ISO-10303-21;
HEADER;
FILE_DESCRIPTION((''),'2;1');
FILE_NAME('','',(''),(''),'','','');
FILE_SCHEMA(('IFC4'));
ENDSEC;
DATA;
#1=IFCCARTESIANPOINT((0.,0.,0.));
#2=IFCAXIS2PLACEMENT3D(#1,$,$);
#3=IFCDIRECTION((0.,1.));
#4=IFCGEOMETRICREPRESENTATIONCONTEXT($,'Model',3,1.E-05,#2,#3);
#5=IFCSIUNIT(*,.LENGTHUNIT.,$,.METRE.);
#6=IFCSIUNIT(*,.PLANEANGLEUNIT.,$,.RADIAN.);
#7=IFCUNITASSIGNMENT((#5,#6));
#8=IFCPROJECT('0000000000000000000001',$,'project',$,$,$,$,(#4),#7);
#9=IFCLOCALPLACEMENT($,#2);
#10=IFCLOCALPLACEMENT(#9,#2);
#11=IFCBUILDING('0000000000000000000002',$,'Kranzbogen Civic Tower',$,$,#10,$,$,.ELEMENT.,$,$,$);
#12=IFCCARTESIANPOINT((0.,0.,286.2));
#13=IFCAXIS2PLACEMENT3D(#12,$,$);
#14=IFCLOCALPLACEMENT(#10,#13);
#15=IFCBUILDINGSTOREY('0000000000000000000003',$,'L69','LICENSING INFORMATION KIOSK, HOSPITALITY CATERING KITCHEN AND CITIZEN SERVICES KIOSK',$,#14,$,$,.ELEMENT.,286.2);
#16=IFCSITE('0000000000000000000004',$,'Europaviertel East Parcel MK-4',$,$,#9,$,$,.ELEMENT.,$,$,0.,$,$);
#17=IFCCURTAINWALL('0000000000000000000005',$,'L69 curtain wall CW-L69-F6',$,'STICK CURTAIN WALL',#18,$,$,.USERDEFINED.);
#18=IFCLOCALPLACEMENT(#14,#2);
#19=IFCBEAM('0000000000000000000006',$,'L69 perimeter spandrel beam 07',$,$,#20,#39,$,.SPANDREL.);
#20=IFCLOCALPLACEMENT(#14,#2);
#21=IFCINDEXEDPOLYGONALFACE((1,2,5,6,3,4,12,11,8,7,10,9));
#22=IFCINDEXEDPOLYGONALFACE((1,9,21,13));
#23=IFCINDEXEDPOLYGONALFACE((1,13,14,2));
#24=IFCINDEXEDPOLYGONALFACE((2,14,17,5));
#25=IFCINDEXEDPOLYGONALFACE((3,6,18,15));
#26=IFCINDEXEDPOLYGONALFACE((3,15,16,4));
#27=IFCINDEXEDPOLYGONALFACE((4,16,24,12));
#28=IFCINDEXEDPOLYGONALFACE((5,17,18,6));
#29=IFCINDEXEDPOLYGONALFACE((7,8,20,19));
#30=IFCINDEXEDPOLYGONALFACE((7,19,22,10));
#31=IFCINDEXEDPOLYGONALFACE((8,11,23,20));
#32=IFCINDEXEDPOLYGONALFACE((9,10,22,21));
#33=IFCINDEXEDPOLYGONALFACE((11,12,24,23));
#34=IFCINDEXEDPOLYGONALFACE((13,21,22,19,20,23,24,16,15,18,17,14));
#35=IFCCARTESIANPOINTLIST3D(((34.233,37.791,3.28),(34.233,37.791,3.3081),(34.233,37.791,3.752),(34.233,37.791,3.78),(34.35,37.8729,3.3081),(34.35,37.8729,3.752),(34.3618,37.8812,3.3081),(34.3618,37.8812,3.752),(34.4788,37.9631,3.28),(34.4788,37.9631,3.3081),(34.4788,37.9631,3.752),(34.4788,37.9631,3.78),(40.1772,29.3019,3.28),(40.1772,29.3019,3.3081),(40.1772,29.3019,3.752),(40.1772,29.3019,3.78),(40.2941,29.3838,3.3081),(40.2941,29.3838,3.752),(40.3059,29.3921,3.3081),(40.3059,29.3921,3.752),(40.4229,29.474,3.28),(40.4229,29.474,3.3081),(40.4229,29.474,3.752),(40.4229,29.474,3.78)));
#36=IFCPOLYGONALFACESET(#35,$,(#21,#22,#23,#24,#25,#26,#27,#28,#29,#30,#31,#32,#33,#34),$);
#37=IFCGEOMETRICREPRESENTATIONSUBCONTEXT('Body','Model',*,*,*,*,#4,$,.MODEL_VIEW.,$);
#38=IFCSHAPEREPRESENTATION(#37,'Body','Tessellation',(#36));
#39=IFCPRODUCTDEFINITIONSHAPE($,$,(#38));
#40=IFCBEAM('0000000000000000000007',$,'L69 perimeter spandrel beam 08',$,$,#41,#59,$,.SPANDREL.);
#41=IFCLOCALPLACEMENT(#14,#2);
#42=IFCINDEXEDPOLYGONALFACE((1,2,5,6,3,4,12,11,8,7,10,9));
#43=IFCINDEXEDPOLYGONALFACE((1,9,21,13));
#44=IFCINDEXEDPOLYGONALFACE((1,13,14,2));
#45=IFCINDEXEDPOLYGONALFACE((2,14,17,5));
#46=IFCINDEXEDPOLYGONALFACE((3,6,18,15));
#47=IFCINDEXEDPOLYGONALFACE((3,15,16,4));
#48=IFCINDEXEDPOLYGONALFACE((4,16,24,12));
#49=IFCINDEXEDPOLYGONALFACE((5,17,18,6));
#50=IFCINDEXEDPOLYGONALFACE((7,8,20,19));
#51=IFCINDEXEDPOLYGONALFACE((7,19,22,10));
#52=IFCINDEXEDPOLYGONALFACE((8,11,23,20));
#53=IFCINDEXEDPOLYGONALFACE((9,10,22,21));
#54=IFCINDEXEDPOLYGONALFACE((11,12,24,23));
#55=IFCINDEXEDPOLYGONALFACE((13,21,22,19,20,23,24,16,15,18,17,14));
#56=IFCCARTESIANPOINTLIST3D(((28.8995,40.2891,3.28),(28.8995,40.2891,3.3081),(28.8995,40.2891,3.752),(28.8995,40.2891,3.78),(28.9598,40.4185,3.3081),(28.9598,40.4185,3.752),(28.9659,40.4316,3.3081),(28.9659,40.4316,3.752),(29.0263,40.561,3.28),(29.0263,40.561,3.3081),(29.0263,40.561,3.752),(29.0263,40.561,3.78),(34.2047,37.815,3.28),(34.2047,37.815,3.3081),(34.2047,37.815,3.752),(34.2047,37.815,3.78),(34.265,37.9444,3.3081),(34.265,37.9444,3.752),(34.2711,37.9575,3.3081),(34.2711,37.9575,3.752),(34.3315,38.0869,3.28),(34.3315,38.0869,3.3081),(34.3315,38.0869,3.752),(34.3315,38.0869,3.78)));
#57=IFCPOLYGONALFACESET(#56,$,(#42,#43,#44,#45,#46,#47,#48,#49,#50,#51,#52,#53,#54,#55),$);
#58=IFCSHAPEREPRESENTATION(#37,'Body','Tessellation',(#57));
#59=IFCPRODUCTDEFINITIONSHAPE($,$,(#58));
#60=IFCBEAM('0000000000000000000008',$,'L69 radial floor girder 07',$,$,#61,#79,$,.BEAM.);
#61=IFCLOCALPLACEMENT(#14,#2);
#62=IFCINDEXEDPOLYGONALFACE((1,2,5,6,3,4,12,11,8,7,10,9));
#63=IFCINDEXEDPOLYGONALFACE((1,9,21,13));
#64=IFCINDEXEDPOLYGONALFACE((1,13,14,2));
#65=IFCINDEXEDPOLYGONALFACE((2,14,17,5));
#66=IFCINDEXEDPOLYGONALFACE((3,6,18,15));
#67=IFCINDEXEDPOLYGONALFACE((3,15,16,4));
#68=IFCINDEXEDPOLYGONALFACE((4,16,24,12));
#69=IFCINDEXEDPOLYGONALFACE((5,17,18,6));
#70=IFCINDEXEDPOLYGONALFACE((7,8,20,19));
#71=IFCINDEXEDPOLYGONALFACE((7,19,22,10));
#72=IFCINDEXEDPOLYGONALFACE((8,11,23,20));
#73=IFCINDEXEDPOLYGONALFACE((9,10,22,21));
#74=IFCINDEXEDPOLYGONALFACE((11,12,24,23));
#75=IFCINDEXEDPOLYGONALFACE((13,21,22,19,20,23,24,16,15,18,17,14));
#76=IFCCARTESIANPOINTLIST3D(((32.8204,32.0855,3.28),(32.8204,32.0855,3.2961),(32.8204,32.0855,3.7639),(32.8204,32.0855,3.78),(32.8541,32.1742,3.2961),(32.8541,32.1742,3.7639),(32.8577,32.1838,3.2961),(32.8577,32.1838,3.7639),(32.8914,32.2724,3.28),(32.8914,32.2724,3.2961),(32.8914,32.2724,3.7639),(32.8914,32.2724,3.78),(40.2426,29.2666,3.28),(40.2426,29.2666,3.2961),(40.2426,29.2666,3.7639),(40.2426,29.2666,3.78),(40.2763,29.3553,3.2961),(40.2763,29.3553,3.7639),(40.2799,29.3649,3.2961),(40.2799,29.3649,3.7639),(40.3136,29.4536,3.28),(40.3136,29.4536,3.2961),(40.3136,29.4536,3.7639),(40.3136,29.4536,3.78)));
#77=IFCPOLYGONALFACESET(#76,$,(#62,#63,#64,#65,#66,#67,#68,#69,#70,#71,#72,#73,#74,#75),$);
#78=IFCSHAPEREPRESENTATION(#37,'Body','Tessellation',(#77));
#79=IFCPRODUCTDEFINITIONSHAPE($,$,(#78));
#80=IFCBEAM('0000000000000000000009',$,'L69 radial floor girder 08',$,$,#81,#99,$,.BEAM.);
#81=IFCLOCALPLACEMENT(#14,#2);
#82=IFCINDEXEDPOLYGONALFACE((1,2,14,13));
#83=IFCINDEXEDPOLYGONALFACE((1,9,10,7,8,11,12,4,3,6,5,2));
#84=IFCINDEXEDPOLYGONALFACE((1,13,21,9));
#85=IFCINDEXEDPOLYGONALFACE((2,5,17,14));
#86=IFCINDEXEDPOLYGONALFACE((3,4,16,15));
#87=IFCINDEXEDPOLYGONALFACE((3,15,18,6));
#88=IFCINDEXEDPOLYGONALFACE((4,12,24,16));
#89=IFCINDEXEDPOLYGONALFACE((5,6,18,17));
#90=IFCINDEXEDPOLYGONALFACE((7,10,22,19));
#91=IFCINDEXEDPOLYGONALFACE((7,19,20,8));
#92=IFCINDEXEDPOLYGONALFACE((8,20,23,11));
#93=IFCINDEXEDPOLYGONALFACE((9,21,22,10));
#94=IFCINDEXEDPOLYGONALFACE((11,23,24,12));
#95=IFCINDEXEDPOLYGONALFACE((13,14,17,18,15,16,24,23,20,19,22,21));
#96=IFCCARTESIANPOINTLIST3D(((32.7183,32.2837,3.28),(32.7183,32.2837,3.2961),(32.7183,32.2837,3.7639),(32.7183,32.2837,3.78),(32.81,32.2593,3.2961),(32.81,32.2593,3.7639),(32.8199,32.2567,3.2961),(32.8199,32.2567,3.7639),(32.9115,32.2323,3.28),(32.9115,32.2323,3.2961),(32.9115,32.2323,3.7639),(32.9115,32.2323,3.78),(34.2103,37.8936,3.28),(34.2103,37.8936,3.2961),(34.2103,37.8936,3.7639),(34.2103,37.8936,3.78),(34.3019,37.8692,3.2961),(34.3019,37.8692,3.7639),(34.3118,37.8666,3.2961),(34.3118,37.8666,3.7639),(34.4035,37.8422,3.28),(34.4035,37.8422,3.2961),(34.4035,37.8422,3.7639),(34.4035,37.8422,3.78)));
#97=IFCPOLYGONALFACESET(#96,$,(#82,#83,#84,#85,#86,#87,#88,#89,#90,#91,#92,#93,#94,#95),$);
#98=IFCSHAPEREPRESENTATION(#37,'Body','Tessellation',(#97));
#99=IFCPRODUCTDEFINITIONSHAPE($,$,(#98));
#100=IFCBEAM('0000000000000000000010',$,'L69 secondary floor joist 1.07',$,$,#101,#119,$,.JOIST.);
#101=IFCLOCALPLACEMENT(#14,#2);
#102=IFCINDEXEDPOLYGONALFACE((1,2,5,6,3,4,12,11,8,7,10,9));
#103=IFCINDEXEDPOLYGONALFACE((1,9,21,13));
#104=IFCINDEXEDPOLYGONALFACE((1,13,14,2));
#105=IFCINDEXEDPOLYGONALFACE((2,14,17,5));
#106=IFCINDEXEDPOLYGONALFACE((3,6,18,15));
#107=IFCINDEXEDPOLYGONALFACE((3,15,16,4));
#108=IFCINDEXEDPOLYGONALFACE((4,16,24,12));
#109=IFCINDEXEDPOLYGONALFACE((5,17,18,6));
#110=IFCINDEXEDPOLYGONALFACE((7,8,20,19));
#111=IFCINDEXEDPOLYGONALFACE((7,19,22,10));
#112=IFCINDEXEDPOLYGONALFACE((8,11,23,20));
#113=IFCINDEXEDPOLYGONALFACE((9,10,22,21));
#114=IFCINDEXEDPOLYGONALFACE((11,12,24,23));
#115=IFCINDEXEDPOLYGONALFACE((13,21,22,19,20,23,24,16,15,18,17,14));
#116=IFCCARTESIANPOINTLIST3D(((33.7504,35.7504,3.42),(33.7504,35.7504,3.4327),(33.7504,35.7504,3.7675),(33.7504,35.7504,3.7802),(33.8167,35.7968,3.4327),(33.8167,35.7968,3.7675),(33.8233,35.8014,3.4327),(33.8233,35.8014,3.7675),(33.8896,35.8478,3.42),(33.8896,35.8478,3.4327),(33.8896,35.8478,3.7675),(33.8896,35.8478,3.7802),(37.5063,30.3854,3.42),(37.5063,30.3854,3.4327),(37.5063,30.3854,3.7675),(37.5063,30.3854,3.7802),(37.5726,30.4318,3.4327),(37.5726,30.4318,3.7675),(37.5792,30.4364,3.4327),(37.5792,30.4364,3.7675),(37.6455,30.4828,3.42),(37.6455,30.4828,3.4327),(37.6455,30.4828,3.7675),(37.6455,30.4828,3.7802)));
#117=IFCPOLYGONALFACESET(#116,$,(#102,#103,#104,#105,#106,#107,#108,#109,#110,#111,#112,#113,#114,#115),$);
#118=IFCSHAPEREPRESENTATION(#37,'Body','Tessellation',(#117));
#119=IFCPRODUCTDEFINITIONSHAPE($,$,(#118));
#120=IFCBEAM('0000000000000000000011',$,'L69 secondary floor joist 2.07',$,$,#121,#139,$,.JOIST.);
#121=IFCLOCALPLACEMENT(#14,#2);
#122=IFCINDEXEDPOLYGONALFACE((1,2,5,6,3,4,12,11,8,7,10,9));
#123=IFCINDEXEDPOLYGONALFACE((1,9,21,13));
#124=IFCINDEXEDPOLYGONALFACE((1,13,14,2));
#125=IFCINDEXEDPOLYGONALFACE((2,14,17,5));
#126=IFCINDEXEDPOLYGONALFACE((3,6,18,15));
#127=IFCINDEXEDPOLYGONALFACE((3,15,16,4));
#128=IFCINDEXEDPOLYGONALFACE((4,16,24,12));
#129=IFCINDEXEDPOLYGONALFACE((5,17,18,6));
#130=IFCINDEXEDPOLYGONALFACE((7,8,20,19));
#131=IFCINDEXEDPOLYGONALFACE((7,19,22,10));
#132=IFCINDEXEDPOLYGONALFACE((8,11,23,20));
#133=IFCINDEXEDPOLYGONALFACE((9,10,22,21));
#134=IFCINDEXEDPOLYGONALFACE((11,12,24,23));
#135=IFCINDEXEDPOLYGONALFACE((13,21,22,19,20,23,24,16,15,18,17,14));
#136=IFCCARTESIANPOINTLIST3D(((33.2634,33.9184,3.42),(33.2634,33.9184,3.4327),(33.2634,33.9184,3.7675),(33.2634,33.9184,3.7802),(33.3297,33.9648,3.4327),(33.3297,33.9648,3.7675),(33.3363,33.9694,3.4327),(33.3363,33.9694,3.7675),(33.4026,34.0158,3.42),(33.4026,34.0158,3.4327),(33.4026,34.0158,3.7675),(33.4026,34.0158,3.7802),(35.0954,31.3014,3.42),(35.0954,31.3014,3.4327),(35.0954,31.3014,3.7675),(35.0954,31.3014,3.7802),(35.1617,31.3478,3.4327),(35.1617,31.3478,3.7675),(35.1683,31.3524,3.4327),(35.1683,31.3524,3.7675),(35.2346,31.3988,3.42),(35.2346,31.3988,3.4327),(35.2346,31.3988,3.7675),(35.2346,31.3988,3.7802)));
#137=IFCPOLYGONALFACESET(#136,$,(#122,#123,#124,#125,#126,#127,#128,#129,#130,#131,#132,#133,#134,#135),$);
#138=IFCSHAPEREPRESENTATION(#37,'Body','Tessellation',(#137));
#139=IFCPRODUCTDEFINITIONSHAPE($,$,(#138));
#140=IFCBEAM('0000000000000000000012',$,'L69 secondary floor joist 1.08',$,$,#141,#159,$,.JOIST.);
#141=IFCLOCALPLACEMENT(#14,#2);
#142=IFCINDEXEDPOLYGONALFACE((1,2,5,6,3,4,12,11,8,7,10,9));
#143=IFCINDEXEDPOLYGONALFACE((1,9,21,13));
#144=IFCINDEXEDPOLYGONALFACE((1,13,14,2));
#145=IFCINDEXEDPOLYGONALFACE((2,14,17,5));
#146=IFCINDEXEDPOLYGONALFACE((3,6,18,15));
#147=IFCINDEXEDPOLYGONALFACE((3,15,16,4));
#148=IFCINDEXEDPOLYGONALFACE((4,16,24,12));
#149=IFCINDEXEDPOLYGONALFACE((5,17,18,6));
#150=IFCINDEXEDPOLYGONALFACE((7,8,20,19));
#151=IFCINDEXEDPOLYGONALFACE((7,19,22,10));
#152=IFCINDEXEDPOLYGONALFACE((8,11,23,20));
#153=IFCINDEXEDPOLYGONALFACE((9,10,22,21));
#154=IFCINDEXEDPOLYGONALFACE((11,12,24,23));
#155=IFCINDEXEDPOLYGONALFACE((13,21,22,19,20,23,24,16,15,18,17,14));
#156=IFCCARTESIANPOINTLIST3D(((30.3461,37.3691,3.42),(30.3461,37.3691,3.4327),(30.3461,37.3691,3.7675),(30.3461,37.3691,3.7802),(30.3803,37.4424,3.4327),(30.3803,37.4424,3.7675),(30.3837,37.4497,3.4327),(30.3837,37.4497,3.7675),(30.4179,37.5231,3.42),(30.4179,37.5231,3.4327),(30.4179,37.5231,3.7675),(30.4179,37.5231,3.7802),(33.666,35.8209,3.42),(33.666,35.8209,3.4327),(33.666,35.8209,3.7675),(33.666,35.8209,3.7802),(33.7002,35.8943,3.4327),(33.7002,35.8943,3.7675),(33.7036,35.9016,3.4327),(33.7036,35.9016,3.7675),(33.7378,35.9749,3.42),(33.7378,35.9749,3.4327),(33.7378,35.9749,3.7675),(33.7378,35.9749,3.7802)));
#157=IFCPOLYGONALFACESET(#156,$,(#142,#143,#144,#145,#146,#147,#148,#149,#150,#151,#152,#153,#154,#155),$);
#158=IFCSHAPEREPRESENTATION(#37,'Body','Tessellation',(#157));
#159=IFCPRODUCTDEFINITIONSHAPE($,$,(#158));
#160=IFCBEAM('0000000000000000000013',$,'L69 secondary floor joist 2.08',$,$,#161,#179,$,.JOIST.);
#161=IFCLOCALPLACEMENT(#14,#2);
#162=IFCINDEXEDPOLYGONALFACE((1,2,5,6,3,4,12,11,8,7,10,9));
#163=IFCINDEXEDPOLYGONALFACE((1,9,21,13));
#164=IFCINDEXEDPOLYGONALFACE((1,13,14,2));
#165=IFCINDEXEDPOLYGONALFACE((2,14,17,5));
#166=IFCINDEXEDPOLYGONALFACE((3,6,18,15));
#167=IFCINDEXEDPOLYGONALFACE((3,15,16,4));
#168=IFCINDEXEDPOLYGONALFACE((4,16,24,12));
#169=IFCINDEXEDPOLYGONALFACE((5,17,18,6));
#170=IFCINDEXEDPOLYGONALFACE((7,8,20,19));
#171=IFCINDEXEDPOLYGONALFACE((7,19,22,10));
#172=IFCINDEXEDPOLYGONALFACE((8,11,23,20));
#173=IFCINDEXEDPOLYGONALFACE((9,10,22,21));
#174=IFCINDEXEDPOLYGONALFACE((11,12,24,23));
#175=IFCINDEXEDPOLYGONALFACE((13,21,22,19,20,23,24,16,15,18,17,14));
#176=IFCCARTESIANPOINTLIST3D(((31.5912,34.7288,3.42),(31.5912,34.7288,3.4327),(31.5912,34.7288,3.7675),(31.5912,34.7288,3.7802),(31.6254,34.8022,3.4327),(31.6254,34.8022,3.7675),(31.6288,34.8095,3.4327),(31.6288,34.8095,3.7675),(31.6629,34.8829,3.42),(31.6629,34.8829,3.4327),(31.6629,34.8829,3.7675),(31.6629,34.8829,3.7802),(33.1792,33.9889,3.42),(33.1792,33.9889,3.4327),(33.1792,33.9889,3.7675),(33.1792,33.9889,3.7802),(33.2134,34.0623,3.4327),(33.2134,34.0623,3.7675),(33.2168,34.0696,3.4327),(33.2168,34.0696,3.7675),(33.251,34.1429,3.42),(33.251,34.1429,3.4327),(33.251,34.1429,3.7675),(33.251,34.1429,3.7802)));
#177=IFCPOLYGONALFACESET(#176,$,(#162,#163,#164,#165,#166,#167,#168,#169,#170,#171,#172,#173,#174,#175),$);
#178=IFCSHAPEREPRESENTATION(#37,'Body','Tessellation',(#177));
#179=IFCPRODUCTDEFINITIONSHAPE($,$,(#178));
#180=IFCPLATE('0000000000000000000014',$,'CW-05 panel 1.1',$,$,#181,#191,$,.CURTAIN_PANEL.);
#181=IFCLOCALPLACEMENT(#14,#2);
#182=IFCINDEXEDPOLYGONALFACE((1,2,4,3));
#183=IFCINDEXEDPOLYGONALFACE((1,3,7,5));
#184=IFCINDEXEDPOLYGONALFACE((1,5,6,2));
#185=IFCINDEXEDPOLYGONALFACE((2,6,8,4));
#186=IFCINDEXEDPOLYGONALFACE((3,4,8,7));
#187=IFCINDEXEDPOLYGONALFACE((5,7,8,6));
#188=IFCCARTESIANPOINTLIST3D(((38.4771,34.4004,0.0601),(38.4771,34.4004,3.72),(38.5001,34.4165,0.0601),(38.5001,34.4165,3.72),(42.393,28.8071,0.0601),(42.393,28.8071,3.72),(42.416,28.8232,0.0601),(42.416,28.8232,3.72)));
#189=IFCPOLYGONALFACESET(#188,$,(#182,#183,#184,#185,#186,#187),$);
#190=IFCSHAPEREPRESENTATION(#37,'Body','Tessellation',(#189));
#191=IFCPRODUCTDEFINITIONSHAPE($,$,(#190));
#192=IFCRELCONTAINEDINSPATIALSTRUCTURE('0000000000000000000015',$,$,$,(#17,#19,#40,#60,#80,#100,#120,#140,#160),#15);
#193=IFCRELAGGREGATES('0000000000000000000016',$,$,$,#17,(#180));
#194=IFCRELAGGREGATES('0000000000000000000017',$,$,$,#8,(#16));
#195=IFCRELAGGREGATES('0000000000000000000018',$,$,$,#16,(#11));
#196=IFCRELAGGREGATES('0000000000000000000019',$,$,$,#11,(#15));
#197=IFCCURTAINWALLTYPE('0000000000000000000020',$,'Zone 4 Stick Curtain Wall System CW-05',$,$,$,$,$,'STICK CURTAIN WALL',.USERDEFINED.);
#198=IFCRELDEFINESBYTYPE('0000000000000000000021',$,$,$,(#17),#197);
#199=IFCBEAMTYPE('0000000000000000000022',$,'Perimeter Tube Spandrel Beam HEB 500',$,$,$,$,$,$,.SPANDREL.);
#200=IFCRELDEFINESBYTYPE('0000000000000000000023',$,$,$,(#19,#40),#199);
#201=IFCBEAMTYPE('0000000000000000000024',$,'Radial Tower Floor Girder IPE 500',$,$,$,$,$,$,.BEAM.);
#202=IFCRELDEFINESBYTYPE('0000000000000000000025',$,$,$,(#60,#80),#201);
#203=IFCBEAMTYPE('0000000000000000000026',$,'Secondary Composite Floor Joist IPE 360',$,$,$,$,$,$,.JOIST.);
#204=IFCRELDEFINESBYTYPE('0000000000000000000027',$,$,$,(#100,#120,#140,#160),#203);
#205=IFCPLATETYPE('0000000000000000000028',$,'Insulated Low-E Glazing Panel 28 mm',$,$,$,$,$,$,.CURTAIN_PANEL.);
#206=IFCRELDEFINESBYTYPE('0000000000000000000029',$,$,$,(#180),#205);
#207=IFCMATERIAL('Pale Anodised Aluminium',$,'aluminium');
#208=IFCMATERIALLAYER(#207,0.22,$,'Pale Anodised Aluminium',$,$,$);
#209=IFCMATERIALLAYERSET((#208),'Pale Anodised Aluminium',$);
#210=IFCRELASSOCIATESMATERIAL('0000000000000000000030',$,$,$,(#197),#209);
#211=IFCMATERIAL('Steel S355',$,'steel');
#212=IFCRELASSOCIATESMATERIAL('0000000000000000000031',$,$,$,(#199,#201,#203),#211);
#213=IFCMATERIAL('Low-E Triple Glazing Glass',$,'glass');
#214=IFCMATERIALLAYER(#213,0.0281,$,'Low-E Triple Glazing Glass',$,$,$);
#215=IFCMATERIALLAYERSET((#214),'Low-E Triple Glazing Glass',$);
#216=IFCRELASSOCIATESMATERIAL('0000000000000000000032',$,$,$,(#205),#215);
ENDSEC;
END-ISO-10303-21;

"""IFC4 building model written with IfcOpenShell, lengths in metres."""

from ifc_helpers import new_model, si_unit, direction, frame, origin, origin_2d, place, context, subcontext, project, spatial, rectangle, i_section, extrude, material, layer, layer_set, material_profile, profile_set, type_object, element, aggregate, save


model = new_model("IFC4")

# Units and contexts
model_context = context("Model", 3, precision=1e-05, world=origin(), true_north=direction((0.0, 1.0)))
body_context = subcontext(model_context, "Body", "Model", "MODEL_VIEW")
ifc_project = project(units=[si_unit("LENGTHUNIT", "METRE"), si_unit("PLANEANGLEUNIT", "RADIAN")], contexts=[model_context])

# Site, building, storey
site_placement = place(None, origin())
site = spatial("IfcSite", under=ifc_project, at=site_placement, Name="Europaviertel East Parcel MK-4", CompositionType="ELEMENT", RefElevation=0.0)
building_placement = place(site_placement, origin())
building = spatial("IfcBuilding", under=site, at=building_placement, Name="Kranzbogen Civic Tower", CompositionType="ELEMENT")
storey_placement = place(building_placement, frame((0.0, 0.0, 286.2)))
storey = spatial("IfcBuildingStorey", under=building, at=storey_placement, Name="L69", Description="LICENSING INFORMATION KIOSK, HOSPITALITY CATERING KITCHEN AND CITIZEN SERVICES KIOSK", CompositionType="ELEMENT", Elevation=286.2)

# Shared definitions
ifc_material_1 = material(Name="Steel S355", Category="steel")

# Shared definitions
ifc_material_2 = material(Name="Pale Anodised Aluminium", Category="aluminium")
ifc_layer_1 = layer(ifc_material_2, 0.22, Name="Pale Anodised Aluminium")
ifc_layer_set_1 = layer_set([ifc_layer_1], Name="Pale Anodised Aluminium")
curtain_wall_type = type_object("IfcCurtainWallType", Name="Zone 4 Stick Curtain Wall System CW-05", ElementType="STICK CURTAIN WALL", PredefinedType="USERDEFINED", material=ifc_layer_set_1)

# Curtain wall
curtain_wall_1_placement = place(storey_placement, origin())
curtain_wall_1 = element("IfcCurtainWall", 1, at=curtain_wall_1_placement, inside=storey, type_object=curtain_wall_type, Name="L69 curtain wall CW-L69-F6", ObjectType="STICK CURTAIN WALL", PredefinedType="USERDEFINED")

# Beams
ifc_material_profile_1 = material_profile(ifc_material_1, i_section(OverallWidth=0.3, OverallDepth=0.5, WebThickness=0.0144, FlangeThickness=0.0281, at=origin_2d()), Name="HEB 500")
ifc_profile_set_1 = profile_set([ifc_material_profile_1], Name="Steel S355")
beam_type_1 = type_object("IfcBeamType", Name="Perimeter Tube Spandrel Beam HEB 500", PredefinedType="SPANDREL", material=ifc_profile_set_1)
beam_1_placement = place(storey_placement, frame((40.3, 29.3879, 3.53), z_axis=(-0.573578, 0.819151, 0.0), x_axis=(-0.819151, -0.573578, 0.0)))
element("IfcBeam", 2, at=beam_1_placement, inside=storey, type_object=beam_type_1, Name="L69 perimeter spandrel beam 07", PredefinedType="SPANDREL", context=body_context, shape_type="SweptSolid", body=[
    extrude(i_section(OverallWidth=0.3, OverallDepth=0.5, WebThickness=0.0144, FlangeThickness=0.0281, at=origin_2d()), origin(), (0.0, 0.0, 1.0), 10.3633),
])
beam_2_placement = place(storey_placement, frame((34.2681, 37.9509, 3.53), z_axis=(-0.90629, 0.422657, 0.0), x_axis=(-0.422657, -0.90629, 0.0)))
element("IfcBeam", 3, at=beam_2_placement, inside=storey, type_object=beam_type_1, Name="L69 perimeter spandrel beam 08", PredefinedType="SPANDREL", context=body_context, shape_type="SweptSolid", body=[
    extrude(i_section(OverallWidth=0.3, OverallDepth=0.5, WebThickness=0.0144, FlangeThickness=0.0281, at=origin_2d()), origin(), (0.0, 0.0, 1.0), 5.8538),
])
ifc_material_profile_2 = material_profile(ifc_material_1, i_section(OverallWidth=0.2, OverallDepth=0.5, WebThickness=0.0103, FlangeThickness=0.0161, at=origin_2d()), Name="IPE 500")
ifc_profile_set_2 = profile_set([ifc_material_profile_2], Name="Steel S355")
beam_type_2 = type_object("IfcBeamType", Name="Radial Tower Floor Girder IPE 500", PredefinedType="BEAM", material=ifc_profile_set_2)
beam_3_placement = place(storey_placement, frame((40.2781, 29.3601, 3.53), z_axis=(-0.934849, 0.355046, 0.0), x_axis=(-0.355046, -0.934849, 0.0)))
element("IfcBeam", 4, at=beam_3_placement, inside=storey, type_object=beam_type_2, Name="L69 radial floor girder 07", PredefinedType="BEAM", context=body_context, shape_type="SweptSolid", body=[
    extrude(i_section(OverallWidth=0.2, OverallDepth=0.5, WebThickness=0.0103, FlangeThickness=0.0161, at=origin_2d()), origin(), (0.0, 0.0, 1.0), 7.9395),
])
beam_4_placement = place(storey_placement, frame((34.3069, 37.8679, 3.53), z_axis=(-0.257016, -0.966407, 0.0), x_axis=(0.966407, -0.257016, 0.0)))
element("IfcBeam", 5, at=beam_4_placement, inside=storey, type_object=beam_type_2, Name="L69 radial floor girder 08", PredefinedType="BEAM", context=body_context, shape_type="SweptSolid", body=[
    extrude(i_section(OverallWidth=0.2, OverallDepth=0.5, WebThickness=0.0103, FlangeThickness=0.0161, at=origin_2d()), origin(), (0.0, 0.0, 1.0), 5.8049),
])
ifc_material_profile_3 = material_profile(ifc_material_1, i_section(OverallWidth=0.1699, OverallDepth=0.3601, WebThickness=0.0081, FlangeThickness=0.0127, at=origin_2d()), Name="IPE 360")
ifc_profile_set_3 = profile_set([ifc_material_profile_3], Name="Steel S355")
beam_type_3 = type_object("IfcBeamType", Name="Secondary Composite Floor Joist IPE 360", PredefinedType="JOIST", material=ifc_profile_set_3)
beam_5_placement = place(storey_placement, frame((37.5759, 30.4341, 3.6001), z_axis=(-0.5735, 0.819206, 0.0), x_axis=(-0.819206, -0.5735, 0.0)))
element("IfcBeam", 6, at=beam_5_placement, inside=storey, type_object=beam_type_3, Name="L69 secondary floor joist 1.07", PredefinedType="JOIST", context=body_context, shape_type="SweptSolid", body=[
    extrude(i_section(OverallWidth=0.1699, OverallDepth=0.3601, WebThickness=0.0081, FlangeThickness=0.0127, at=origin_2d()), origin(), (0.0, 0.0, 1.0), 6.5491),
])
beam_6_placement = place(storey_placement, frame((35.165, 31.3501, 3.6001), z_axis=(-0.573498, 0.819207, 0.0), x_axis=(-0.819207, -0.573498, 0.0)))
element("IfcBeam", 7, at=beam_6_placement, inside=storey, type_object=beam_type_3, Name="L69 secondary floor joist 2.07", PredefinedType="JOIST", context=body_context, shape_type="SweptSolid", body=[
    extrude(i_section(OverallWidth=0.1699, OverallDepth=0.3601, WebThickness=0.0081, FlangeThickness=0.0127, at=origin_2d()), origin(), (0.0, 0.0, 1.0), 3.1946),
])
beam_7_placement = place(storey_placement, frame((33.7019, 35.8979, 3.6001), z_axis=(-0.906304, 0.422626, 0.0), x_axis=(-0.422626, -0.906304, 0.0)))
element("IfcBeam", 8, at=beam_7_placement, inside=storey, type_object=beam_type_3, Name="L69 secondary floor joist 1.08", PredefinedType="JOIST", context=body_context, shape_type="SweptSolid", body=[
    extrude(i_section(OverallWidth=0.1699, OverallDepth=0.3601, WebThickness=0.0081, FlangeThickness=0.0127, at=origin_2d()), origin(), (0.0, 0.0, 1.0), 3.6631),
])
beam_8_placement = place(storey_placement, frame((33.2151, 34.0659, 3.6001), z_axis=(-0.906432, 0.422351, 0.0), x_axis=(-0.422351, -0.906432, 0.0)))
element("IfcBeam", 9, at=beam_8_placement, inside=storey, type_object=beam_type_3, Name="L69 secondary floor joist 2.08", PredefinedType="JOIST", context=body_context, shape_type="SweptSolid", body=[
    extrude(i_section(OverallWidth=0.1699, OverallDepth=0.3601, WebThickness=0.0081, FlangeThickness=0.0127, at=origin_2d()), origin(), (0.0, 0.0, 1.0), 1.752),
])

# Plate
ifc_material_3 = material(Name="Low-E Triple Glazing Glass", Category="glass")
ifc_layer_2 = layer(ifc_material_3, 0.0281, Name="Low-E Triple Glazing Glass")
ifc_layer_set_2 = layer_set([ifc_layer_2], Name="Low-E Triple Glazing Glass")
plate_type = type_object("IfcPlateType", Name="Insulated Low-E Glazing Panel 28 mm", PredefinedType="CURTAIN_PANEL", material=ifc_layer_set_2)
plate_1_placement = place(storey_placement, frame((40.4465, 31.6118, 0.0601), z_axis=(0.0, 0.0, 1.0), x_axis=(-0.573521, 0.819191, 0.0)))
plate_1 = element("IfcPlate", 10, at=plate_1_placement, type_object=plate_type, Name="CW-05 panel 1.1", PredefinedType="CURTAIN_PANEL", context=body_context, shape_type="SweptSolid", body=[
    extrude(rectangle(XDim=6.8279, YDim=0.0281, at=origin_2d()), origin(), (0.0, 0.0, 1.0), 3.6599),
])
aggregate(curtain_wall_1, [plate_1])

save(model, "model.ifc")
